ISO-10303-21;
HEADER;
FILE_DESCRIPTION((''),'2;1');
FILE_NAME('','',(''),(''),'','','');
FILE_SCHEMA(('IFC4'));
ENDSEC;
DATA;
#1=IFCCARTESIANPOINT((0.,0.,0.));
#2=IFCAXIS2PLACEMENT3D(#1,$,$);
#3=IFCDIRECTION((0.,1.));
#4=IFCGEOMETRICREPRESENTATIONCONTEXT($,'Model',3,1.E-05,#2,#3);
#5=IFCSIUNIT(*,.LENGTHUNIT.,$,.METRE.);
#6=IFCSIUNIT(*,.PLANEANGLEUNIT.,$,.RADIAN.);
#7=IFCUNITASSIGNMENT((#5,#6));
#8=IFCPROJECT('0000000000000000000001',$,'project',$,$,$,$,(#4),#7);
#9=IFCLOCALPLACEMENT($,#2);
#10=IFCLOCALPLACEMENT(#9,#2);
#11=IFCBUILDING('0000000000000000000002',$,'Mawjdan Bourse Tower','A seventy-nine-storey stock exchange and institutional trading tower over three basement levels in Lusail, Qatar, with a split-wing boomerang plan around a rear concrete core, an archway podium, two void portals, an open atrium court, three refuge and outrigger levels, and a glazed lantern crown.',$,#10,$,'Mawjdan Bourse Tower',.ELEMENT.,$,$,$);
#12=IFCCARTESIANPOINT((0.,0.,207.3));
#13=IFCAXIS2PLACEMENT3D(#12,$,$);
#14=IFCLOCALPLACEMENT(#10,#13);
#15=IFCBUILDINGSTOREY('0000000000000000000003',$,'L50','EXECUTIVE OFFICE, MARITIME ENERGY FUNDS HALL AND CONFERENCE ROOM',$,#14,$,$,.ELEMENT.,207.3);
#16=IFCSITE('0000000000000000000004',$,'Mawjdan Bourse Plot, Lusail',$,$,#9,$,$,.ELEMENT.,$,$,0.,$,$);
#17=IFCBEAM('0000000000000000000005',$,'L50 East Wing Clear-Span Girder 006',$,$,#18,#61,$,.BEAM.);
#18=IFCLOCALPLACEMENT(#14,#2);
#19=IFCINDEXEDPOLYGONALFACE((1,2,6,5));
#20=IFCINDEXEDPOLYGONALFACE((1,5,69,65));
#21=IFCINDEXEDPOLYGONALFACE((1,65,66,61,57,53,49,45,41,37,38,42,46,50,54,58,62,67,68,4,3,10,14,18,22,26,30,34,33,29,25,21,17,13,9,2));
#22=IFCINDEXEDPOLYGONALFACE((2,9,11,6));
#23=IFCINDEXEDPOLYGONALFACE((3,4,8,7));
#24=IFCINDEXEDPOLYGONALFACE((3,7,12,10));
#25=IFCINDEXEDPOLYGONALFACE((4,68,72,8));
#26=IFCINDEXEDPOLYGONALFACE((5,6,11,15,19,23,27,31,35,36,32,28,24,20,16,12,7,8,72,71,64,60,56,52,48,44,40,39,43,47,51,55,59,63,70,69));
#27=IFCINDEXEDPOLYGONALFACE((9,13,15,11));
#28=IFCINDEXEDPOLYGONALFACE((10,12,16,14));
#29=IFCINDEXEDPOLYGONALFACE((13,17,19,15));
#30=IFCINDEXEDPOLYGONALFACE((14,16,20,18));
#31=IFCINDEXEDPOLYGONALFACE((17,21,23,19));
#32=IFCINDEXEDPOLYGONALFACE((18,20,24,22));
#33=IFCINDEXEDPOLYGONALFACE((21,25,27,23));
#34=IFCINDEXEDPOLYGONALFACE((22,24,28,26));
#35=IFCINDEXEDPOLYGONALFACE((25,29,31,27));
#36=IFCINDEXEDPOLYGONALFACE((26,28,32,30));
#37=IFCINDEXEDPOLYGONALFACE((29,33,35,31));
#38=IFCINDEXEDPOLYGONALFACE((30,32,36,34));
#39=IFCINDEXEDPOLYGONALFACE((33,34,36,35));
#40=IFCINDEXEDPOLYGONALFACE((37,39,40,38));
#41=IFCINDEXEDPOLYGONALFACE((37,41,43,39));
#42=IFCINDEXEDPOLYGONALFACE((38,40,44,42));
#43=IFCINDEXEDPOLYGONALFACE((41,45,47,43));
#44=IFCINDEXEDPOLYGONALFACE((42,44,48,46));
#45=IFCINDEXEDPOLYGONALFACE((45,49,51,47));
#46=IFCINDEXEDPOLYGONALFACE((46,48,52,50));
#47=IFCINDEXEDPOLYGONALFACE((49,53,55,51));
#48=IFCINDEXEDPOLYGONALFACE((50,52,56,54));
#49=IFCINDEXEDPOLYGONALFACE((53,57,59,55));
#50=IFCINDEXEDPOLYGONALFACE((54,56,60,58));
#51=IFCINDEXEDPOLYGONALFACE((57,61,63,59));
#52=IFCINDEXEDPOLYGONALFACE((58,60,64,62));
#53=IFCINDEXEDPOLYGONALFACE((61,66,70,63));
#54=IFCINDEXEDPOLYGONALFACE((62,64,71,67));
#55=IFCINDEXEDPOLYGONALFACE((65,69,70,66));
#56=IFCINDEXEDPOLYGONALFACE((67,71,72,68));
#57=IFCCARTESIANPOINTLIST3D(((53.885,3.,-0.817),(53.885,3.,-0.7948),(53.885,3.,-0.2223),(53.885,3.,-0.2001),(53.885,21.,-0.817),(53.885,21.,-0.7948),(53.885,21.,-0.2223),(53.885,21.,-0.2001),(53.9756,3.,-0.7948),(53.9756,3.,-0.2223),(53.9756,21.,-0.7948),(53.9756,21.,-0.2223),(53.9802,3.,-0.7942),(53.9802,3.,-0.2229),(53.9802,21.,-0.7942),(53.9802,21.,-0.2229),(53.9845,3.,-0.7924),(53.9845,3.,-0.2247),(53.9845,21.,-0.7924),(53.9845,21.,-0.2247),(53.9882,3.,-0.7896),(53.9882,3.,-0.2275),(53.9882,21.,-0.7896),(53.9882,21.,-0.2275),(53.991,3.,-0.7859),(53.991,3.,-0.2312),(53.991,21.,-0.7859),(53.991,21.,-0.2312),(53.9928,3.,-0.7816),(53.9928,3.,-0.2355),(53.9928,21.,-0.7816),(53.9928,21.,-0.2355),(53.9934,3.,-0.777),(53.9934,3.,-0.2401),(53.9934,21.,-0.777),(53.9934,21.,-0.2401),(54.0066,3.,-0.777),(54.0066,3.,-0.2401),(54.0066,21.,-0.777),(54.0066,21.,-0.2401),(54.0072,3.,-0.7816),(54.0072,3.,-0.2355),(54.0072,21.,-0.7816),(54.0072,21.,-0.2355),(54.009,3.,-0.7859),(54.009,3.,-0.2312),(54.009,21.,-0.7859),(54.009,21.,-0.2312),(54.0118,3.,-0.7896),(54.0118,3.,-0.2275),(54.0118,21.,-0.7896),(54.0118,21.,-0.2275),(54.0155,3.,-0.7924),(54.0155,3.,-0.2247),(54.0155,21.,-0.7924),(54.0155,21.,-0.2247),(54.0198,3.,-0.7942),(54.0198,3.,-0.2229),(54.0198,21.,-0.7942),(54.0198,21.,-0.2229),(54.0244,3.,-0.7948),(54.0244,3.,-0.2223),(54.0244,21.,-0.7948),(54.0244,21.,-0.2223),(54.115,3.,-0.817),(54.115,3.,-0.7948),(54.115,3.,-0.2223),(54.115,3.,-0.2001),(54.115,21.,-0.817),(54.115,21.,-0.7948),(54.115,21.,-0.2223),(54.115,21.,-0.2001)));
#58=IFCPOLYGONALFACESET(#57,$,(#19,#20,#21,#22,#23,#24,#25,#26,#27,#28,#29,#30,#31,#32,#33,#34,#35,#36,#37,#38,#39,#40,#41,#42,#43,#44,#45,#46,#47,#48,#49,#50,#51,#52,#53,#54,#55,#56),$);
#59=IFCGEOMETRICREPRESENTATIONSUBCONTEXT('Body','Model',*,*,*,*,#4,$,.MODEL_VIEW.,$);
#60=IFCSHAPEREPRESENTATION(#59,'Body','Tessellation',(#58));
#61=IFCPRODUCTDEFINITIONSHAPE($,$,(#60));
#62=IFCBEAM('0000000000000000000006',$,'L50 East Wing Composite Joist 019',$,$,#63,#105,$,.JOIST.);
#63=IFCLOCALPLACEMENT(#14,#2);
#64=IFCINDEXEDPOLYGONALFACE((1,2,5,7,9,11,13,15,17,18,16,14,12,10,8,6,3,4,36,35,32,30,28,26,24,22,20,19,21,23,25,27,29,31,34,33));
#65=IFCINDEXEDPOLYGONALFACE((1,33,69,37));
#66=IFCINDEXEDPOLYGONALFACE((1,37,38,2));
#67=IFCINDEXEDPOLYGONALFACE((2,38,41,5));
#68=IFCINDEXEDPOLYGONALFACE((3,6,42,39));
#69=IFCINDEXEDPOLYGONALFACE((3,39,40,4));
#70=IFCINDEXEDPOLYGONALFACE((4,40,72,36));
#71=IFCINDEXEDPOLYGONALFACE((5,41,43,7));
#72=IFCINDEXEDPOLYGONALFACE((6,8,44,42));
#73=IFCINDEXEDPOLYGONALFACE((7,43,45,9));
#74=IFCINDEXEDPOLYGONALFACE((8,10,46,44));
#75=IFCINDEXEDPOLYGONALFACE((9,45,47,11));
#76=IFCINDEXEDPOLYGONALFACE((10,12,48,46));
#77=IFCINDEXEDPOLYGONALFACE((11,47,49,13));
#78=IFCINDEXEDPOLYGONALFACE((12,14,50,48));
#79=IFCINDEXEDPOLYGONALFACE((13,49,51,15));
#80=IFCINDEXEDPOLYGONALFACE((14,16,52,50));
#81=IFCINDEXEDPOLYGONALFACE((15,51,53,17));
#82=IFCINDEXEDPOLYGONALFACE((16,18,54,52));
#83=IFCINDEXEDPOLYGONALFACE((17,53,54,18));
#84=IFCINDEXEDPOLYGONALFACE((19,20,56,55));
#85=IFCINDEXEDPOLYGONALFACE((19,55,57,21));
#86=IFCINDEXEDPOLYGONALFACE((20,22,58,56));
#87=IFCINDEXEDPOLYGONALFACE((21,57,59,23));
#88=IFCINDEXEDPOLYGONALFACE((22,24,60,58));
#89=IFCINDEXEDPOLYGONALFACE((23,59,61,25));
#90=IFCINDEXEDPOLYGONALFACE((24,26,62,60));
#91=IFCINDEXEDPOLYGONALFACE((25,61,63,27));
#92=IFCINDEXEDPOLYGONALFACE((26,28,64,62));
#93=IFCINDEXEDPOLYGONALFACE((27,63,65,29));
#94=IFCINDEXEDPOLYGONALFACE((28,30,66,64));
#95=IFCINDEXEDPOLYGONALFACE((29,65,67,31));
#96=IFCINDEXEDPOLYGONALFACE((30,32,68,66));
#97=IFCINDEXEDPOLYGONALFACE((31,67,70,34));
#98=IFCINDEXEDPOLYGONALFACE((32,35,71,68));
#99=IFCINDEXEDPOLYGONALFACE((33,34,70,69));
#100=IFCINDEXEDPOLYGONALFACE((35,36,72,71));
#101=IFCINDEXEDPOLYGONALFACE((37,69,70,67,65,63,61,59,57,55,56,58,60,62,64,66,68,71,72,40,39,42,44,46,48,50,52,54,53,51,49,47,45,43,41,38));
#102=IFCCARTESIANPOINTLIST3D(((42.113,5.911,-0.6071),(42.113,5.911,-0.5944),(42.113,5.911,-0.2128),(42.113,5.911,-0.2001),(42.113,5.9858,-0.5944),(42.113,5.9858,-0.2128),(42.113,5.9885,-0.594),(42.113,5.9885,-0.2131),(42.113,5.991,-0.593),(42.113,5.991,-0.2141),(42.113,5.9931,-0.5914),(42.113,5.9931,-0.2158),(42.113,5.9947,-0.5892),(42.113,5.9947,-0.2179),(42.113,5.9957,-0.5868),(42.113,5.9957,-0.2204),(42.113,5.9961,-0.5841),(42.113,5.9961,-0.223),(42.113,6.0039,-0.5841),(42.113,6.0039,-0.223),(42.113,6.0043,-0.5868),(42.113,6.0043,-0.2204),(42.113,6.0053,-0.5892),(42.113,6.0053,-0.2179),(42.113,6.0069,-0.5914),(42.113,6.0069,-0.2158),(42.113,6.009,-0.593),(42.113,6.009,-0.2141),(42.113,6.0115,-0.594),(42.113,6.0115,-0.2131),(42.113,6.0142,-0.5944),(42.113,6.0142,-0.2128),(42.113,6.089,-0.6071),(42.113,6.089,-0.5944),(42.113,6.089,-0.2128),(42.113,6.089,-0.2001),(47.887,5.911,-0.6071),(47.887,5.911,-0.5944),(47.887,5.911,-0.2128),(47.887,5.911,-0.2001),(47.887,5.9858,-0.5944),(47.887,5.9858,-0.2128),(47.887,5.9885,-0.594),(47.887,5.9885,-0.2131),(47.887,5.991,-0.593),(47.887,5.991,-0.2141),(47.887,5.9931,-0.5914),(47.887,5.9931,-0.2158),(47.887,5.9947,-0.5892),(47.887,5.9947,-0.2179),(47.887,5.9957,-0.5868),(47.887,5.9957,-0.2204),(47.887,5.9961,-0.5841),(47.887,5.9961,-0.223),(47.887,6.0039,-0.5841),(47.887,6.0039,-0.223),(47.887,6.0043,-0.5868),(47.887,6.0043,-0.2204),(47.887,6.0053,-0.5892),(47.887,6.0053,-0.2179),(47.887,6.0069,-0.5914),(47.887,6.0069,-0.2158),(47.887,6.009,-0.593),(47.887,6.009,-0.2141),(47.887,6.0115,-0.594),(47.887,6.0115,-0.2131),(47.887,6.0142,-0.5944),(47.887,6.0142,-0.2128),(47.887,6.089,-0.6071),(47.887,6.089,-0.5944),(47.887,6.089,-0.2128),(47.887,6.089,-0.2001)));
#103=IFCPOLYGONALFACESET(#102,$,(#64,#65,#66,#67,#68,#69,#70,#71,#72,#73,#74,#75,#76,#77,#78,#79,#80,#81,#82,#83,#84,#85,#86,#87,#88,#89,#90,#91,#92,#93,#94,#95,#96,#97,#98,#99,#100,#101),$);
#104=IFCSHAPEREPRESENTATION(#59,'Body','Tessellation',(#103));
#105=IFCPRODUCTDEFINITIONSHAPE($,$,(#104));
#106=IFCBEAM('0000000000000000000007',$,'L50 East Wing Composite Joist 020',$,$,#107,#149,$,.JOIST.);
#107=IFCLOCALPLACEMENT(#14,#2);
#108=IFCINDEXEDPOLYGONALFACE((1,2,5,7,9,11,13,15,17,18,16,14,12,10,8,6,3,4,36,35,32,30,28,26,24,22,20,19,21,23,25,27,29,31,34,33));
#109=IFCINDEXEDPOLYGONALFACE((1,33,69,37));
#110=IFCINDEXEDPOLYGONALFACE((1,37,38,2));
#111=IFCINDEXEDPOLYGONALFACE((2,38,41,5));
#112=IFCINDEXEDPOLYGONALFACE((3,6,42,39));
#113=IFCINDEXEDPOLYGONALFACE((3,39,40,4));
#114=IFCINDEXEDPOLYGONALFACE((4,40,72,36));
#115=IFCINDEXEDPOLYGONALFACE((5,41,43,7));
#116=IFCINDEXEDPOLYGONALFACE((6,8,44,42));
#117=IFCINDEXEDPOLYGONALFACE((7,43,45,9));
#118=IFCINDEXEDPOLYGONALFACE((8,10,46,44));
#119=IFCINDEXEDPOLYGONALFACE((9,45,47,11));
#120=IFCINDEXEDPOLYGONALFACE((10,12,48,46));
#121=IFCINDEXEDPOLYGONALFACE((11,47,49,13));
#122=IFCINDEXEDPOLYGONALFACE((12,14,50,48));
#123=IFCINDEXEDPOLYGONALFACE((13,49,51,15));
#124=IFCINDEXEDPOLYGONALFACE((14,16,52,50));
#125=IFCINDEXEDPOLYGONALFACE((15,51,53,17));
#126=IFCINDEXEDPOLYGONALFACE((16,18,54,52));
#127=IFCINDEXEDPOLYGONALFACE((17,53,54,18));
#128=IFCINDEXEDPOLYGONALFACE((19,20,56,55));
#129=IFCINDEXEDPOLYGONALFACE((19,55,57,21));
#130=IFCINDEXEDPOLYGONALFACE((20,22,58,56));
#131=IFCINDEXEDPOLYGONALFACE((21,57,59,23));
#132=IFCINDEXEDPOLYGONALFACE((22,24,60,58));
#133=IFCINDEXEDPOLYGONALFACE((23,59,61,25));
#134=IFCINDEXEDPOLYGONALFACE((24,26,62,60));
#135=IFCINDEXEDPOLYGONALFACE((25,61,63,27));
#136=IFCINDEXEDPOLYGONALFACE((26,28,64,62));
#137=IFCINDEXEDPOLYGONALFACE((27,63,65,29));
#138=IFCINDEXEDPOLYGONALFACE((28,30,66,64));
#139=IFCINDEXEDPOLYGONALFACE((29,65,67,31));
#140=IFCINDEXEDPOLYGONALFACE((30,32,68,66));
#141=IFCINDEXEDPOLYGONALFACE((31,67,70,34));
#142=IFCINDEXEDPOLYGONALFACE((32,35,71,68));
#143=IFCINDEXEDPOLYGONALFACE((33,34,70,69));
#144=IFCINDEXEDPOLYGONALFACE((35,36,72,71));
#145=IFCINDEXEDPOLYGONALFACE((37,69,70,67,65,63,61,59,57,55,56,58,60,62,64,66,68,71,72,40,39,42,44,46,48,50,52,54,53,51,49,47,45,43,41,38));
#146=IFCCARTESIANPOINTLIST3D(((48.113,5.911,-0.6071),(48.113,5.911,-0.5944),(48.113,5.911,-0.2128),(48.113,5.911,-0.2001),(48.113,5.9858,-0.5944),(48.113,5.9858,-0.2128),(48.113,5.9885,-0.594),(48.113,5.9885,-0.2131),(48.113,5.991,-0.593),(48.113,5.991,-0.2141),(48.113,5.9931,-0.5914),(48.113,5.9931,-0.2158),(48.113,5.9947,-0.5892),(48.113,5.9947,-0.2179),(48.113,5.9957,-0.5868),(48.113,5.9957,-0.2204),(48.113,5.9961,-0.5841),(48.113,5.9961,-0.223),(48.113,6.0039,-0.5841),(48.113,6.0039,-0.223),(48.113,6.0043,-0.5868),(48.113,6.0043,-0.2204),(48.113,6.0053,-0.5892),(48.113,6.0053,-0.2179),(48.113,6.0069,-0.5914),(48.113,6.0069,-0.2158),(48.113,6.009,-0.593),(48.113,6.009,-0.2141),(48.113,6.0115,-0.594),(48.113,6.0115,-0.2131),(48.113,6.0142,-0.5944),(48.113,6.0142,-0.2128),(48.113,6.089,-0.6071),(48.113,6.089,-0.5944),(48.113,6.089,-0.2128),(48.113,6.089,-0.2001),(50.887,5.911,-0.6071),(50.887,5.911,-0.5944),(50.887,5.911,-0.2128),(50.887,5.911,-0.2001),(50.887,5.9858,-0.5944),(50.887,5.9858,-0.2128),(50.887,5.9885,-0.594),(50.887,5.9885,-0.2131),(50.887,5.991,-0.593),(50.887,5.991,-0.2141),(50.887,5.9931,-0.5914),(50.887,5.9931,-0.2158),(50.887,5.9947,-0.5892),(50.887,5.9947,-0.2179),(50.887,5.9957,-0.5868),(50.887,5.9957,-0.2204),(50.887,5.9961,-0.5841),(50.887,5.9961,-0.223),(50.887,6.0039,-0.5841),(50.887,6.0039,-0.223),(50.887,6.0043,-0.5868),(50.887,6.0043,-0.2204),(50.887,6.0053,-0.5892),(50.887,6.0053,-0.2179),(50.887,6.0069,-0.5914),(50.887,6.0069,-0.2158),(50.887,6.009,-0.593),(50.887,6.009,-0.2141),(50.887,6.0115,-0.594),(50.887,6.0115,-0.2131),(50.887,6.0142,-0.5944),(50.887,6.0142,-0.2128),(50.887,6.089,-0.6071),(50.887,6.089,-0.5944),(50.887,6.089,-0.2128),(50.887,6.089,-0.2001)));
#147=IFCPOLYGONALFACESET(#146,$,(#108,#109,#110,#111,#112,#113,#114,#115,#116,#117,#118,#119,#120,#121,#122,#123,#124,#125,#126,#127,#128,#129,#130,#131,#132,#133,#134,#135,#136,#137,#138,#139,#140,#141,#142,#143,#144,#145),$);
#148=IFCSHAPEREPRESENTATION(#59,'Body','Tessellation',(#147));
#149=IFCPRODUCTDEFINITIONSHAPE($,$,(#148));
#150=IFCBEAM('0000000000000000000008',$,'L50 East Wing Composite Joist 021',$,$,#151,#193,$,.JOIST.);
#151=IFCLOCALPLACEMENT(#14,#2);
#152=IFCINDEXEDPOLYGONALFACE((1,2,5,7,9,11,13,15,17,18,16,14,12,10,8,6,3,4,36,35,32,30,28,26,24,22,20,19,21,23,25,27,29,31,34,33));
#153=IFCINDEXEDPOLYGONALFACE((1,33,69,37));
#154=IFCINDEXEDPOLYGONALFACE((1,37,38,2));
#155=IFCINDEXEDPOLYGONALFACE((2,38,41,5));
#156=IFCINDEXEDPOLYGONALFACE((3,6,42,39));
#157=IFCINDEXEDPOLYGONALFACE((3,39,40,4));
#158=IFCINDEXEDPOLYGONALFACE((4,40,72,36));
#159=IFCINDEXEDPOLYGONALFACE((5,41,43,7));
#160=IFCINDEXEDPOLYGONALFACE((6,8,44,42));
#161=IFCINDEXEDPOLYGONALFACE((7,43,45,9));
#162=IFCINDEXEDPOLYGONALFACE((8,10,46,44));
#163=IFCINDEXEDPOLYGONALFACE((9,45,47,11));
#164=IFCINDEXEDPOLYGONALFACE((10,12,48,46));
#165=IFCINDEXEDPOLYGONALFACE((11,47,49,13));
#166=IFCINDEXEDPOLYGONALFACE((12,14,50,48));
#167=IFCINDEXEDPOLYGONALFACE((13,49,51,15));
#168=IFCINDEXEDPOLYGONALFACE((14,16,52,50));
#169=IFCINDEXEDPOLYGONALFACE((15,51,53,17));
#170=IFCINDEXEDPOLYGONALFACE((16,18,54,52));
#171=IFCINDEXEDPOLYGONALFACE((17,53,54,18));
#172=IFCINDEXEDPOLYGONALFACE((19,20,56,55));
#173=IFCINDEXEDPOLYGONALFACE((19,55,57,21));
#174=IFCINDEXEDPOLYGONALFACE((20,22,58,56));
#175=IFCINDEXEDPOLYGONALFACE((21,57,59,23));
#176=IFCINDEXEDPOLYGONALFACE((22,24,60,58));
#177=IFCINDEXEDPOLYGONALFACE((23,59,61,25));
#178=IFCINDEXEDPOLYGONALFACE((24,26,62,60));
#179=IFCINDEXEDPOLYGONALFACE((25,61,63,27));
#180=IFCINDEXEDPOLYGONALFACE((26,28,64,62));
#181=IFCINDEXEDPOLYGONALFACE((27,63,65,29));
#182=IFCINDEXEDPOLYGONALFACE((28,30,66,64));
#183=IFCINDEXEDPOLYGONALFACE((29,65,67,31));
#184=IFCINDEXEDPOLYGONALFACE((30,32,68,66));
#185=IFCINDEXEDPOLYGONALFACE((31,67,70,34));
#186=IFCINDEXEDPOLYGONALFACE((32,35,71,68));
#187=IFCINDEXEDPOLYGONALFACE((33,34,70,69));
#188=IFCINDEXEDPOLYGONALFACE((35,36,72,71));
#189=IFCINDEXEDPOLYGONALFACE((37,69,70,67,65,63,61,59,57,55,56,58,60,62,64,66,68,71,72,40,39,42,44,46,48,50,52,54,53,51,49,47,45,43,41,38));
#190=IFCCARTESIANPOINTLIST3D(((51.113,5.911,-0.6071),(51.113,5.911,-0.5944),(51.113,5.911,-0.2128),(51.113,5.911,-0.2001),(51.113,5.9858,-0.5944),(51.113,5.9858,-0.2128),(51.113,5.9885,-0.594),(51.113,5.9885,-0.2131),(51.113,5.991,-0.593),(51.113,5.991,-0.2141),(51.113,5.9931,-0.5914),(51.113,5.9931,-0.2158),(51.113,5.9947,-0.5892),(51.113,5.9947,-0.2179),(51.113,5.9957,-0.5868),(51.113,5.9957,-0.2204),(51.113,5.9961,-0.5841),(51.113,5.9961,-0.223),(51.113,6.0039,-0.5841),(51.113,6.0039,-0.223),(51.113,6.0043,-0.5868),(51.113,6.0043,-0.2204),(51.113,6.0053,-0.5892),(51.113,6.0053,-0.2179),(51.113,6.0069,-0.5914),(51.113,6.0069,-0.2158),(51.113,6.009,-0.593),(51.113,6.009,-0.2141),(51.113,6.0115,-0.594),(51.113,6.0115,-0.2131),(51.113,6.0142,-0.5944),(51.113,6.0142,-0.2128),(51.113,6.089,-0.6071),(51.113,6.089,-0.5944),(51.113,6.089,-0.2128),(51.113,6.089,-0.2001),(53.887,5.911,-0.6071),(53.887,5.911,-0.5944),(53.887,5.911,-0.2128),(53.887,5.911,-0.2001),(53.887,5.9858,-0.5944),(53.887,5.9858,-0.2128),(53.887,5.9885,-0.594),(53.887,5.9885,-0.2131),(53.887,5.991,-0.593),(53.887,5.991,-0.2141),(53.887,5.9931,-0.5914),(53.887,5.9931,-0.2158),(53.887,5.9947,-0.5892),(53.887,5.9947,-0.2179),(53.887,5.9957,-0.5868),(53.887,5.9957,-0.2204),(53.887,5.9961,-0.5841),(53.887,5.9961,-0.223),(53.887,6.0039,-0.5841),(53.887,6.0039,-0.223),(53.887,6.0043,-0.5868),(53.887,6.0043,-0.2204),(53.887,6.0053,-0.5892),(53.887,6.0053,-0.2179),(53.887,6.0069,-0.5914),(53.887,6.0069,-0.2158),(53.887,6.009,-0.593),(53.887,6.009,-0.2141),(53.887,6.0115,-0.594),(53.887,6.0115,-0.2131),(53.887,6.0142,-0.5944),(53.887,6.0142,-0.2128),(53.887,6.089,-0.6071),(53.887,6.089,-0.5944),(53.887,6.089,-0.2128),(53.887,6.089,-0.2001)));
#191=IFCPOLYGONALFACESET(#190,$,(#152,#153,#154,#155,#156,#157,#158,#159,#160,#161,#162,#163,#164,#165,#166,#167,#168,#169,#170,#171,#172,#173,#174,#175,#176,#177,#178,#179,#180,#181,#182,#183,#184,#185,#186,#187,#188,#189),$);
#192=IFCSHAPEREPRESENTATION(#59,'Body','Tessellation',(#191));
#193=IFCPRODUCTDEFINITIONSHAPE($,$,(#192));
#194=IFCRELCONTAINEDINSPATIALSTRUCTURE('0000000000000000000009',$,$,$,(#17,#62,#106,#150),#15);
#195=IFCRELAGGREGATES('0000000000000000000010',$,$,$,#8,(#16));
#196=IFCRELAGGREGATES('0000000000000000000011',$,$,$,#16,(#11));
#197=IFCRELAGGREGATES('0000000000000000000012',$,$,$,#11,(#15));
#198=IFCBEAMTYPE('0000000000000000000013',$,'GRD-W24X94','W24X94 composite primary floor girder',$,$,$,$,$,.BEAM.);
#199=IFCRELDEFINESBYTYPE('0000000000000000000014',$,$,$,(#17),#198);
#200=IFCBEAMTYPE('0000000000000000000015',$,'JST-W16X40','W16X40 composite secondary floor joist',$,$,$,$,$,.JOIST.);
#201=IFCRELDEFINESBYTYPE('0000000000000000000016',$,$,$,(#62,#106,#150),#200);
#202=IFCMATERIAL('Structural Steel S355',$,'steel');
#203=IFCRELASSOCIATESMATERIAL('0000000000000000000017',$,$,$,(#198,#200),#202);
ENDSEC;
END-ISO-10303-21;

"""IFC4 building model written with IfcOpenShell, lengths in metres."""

from ifc_helpers import new_model, si_unit, direction, frame, origin, origin_2d, place, context, subcontext, project, spatial, i_section, extrude, material, material_profile, profile_set, type_object, element, save


model = new_model("IFC4")

# Units and contexts
model_context = context("Model", 3, precision=1e-05, world=origin(), true_north=direction((0.0, 1.0)))
body_context = subcontext(model_context, "Body", "Model", "MODEL_VIEW")
ifc_project = project(units=[si_unit("LENGTHUNIT", "METRE"), si_unit("PLANEANGLEUNIT", "RADIAN")], contexts=[model_context])

# Site, building, storey
site_placement = place(None, origin())
site = spatial("IfcSite", under=ifc_project, at=site_placement, Name="Mawjdan Bourse Plot, Lusail", CompositionType="ELEMENT", RefElevation=0.0)
building_placement = place(site_placement, origin())
building = spatial("IfcBuilding", under=site, at=building_placement, Name="Mawjdan Bourse Tower", Description="A seventy-nine-storey stock exchange and institutional trading tower over three basement levels in Lusail, Qatar, with a split-wing boomerang plan around a rear concrete core, an archway podium, two void portals, an open atrium court, three refuge and outrigger levels, and a glazed lantern crown.", LongName="Mawjdan Bourse Tower", CompositionType="ELEMENT")
storey_placement = place(building_placement, frame((0.0, 0.0, 207.3)))
storey = spatial("IfcBuildingStorey", under=building, at=storey_placement, Name="L50", Description="EXECUTIVE OFFICE, MARITIME ENERGY FUNDS HALL AND CONFERENCE ROOM", CompositionType="ELEMENT", Elevation=207.3)

# Beams
ifc_material_1 = material(Name="Structural Steel S355", Category="steel")
ifc_material_profile_1 = material_profile(ifc_material_1, i_section(OverallWidth=0.23, OverallDepth=0.6169, WebThickness=0.0132, FlangeThickness=0.0222, FilletRadius=0.0178, at=origin_2d()), Name="W24X94")
ifc_profile_set_1 = profile_set([ifc_material_profile_1], Name="Structural Steel S355")
beam_type_1 = type_object("IfcBeamType", Name="GRD-W24X94", Description="W24X94 composite primary floor girder", PredefinedType="BEAM", material=ifc_profile_set_1)
for number, where, z_axis, x_axis, name in (
    (1, (54.0, 3.0, -0.5085), (0.0, 1.0, 0.0), (-1.0, 0.0, 0.0), "L50 East Wing Clear-Span Girder 006"),
):
    element("IfcBeam", number, at=place(storey_placement, frame(where, z_axis=z_axis, x_axis=x_axis)), inside=storey, type_object=beam_type_1, Name=name, PredefinedType="BEAM", context=body_context, shape_type="SweptSolid", body=[
        extrude(i_section(OverallWidth=0.23, OverallDepth=0.6169, WebThickness=0.0132, FlangeThickness=0.0222, FilletRadius=0.0178, at=origin_2d()), origin(), (0.0, 0.0, 1.0), 18.0),
    ])
ifc_material_profile_2 = material_profile(ifc_material_1, i_section(OverallWidth=0.178, OverallDepth=0.407, WebThickness=0.0078, FlangeThickness=0.0127, FilletRadius=0.0103, at=origin_2d()), Name="W16X40")
ifc_profile_set_2 = profile_set([ifc_material_profile_2], Name="Structural Steel S355")
beam_type_2 = type_object("IfcBeamType", Name="JST-W16X40", Description="W16X40 composite secondary floor joist", PredefinedType="JOIST", material=ifc_profile_set_2)
beam_1_placement = place(storey_placement, frame((42.113, 6.0, -0.4036), z_axis=(1.0, 0.0, 0.0), x_axis=(0.0, 1.0, 0.0)))
element("IfcBeam", 2, at=beam_1_placement, inside=storey, type_object=beam_type_2, Name="L50 East Wing Composite Joist 019", PredefinedType="JOIST", context=body_context, shape_type="SweptSolid", body=[
    extrude(i_section(OverallWidth=0.178, OverallDepth=0.407, WebThickness=0.0078, FlangeThickness=0.0127, FilletRadius=0.0103, at=origin_2d()), origin(), (0.0, 0.0, 1.0), 5.7739),
])
for number, where, z_axis, x_axis, name in (
    (3, (48.113, 6.0, -0.4036), (1.0, 0.0, 0.0), (0.0, 1.0, 0.0), "L50 East Wing Composite Joist 020"),
    (4, (51.113, 6.0, -0.4036), (1.0, 0.0, 0.0), (0.0, 1.0, 0.0), "L50 East Wing Composite Joist 021"),
):
    element("IfcBeam", number, at=place(storey_placement, frame(where, z_axis=z_axis, x_axis=x_axis)), inside=storey, type_object=beam_type_2, Name=name, PredefinedType="JOIST", context=body_context, shape_type="SweptSolid", body=[
        extrude(i_section(OverallWidth=0.178, OverallDepth=0.407, WebThickness=0.0078, FlangeThickness=0.0127, FilletRadius=0.0103, at=origin_2d()), origin(), (0.0, 0.0, 1.0), 2.7739),
    ])

save(model, "model.ifc")
